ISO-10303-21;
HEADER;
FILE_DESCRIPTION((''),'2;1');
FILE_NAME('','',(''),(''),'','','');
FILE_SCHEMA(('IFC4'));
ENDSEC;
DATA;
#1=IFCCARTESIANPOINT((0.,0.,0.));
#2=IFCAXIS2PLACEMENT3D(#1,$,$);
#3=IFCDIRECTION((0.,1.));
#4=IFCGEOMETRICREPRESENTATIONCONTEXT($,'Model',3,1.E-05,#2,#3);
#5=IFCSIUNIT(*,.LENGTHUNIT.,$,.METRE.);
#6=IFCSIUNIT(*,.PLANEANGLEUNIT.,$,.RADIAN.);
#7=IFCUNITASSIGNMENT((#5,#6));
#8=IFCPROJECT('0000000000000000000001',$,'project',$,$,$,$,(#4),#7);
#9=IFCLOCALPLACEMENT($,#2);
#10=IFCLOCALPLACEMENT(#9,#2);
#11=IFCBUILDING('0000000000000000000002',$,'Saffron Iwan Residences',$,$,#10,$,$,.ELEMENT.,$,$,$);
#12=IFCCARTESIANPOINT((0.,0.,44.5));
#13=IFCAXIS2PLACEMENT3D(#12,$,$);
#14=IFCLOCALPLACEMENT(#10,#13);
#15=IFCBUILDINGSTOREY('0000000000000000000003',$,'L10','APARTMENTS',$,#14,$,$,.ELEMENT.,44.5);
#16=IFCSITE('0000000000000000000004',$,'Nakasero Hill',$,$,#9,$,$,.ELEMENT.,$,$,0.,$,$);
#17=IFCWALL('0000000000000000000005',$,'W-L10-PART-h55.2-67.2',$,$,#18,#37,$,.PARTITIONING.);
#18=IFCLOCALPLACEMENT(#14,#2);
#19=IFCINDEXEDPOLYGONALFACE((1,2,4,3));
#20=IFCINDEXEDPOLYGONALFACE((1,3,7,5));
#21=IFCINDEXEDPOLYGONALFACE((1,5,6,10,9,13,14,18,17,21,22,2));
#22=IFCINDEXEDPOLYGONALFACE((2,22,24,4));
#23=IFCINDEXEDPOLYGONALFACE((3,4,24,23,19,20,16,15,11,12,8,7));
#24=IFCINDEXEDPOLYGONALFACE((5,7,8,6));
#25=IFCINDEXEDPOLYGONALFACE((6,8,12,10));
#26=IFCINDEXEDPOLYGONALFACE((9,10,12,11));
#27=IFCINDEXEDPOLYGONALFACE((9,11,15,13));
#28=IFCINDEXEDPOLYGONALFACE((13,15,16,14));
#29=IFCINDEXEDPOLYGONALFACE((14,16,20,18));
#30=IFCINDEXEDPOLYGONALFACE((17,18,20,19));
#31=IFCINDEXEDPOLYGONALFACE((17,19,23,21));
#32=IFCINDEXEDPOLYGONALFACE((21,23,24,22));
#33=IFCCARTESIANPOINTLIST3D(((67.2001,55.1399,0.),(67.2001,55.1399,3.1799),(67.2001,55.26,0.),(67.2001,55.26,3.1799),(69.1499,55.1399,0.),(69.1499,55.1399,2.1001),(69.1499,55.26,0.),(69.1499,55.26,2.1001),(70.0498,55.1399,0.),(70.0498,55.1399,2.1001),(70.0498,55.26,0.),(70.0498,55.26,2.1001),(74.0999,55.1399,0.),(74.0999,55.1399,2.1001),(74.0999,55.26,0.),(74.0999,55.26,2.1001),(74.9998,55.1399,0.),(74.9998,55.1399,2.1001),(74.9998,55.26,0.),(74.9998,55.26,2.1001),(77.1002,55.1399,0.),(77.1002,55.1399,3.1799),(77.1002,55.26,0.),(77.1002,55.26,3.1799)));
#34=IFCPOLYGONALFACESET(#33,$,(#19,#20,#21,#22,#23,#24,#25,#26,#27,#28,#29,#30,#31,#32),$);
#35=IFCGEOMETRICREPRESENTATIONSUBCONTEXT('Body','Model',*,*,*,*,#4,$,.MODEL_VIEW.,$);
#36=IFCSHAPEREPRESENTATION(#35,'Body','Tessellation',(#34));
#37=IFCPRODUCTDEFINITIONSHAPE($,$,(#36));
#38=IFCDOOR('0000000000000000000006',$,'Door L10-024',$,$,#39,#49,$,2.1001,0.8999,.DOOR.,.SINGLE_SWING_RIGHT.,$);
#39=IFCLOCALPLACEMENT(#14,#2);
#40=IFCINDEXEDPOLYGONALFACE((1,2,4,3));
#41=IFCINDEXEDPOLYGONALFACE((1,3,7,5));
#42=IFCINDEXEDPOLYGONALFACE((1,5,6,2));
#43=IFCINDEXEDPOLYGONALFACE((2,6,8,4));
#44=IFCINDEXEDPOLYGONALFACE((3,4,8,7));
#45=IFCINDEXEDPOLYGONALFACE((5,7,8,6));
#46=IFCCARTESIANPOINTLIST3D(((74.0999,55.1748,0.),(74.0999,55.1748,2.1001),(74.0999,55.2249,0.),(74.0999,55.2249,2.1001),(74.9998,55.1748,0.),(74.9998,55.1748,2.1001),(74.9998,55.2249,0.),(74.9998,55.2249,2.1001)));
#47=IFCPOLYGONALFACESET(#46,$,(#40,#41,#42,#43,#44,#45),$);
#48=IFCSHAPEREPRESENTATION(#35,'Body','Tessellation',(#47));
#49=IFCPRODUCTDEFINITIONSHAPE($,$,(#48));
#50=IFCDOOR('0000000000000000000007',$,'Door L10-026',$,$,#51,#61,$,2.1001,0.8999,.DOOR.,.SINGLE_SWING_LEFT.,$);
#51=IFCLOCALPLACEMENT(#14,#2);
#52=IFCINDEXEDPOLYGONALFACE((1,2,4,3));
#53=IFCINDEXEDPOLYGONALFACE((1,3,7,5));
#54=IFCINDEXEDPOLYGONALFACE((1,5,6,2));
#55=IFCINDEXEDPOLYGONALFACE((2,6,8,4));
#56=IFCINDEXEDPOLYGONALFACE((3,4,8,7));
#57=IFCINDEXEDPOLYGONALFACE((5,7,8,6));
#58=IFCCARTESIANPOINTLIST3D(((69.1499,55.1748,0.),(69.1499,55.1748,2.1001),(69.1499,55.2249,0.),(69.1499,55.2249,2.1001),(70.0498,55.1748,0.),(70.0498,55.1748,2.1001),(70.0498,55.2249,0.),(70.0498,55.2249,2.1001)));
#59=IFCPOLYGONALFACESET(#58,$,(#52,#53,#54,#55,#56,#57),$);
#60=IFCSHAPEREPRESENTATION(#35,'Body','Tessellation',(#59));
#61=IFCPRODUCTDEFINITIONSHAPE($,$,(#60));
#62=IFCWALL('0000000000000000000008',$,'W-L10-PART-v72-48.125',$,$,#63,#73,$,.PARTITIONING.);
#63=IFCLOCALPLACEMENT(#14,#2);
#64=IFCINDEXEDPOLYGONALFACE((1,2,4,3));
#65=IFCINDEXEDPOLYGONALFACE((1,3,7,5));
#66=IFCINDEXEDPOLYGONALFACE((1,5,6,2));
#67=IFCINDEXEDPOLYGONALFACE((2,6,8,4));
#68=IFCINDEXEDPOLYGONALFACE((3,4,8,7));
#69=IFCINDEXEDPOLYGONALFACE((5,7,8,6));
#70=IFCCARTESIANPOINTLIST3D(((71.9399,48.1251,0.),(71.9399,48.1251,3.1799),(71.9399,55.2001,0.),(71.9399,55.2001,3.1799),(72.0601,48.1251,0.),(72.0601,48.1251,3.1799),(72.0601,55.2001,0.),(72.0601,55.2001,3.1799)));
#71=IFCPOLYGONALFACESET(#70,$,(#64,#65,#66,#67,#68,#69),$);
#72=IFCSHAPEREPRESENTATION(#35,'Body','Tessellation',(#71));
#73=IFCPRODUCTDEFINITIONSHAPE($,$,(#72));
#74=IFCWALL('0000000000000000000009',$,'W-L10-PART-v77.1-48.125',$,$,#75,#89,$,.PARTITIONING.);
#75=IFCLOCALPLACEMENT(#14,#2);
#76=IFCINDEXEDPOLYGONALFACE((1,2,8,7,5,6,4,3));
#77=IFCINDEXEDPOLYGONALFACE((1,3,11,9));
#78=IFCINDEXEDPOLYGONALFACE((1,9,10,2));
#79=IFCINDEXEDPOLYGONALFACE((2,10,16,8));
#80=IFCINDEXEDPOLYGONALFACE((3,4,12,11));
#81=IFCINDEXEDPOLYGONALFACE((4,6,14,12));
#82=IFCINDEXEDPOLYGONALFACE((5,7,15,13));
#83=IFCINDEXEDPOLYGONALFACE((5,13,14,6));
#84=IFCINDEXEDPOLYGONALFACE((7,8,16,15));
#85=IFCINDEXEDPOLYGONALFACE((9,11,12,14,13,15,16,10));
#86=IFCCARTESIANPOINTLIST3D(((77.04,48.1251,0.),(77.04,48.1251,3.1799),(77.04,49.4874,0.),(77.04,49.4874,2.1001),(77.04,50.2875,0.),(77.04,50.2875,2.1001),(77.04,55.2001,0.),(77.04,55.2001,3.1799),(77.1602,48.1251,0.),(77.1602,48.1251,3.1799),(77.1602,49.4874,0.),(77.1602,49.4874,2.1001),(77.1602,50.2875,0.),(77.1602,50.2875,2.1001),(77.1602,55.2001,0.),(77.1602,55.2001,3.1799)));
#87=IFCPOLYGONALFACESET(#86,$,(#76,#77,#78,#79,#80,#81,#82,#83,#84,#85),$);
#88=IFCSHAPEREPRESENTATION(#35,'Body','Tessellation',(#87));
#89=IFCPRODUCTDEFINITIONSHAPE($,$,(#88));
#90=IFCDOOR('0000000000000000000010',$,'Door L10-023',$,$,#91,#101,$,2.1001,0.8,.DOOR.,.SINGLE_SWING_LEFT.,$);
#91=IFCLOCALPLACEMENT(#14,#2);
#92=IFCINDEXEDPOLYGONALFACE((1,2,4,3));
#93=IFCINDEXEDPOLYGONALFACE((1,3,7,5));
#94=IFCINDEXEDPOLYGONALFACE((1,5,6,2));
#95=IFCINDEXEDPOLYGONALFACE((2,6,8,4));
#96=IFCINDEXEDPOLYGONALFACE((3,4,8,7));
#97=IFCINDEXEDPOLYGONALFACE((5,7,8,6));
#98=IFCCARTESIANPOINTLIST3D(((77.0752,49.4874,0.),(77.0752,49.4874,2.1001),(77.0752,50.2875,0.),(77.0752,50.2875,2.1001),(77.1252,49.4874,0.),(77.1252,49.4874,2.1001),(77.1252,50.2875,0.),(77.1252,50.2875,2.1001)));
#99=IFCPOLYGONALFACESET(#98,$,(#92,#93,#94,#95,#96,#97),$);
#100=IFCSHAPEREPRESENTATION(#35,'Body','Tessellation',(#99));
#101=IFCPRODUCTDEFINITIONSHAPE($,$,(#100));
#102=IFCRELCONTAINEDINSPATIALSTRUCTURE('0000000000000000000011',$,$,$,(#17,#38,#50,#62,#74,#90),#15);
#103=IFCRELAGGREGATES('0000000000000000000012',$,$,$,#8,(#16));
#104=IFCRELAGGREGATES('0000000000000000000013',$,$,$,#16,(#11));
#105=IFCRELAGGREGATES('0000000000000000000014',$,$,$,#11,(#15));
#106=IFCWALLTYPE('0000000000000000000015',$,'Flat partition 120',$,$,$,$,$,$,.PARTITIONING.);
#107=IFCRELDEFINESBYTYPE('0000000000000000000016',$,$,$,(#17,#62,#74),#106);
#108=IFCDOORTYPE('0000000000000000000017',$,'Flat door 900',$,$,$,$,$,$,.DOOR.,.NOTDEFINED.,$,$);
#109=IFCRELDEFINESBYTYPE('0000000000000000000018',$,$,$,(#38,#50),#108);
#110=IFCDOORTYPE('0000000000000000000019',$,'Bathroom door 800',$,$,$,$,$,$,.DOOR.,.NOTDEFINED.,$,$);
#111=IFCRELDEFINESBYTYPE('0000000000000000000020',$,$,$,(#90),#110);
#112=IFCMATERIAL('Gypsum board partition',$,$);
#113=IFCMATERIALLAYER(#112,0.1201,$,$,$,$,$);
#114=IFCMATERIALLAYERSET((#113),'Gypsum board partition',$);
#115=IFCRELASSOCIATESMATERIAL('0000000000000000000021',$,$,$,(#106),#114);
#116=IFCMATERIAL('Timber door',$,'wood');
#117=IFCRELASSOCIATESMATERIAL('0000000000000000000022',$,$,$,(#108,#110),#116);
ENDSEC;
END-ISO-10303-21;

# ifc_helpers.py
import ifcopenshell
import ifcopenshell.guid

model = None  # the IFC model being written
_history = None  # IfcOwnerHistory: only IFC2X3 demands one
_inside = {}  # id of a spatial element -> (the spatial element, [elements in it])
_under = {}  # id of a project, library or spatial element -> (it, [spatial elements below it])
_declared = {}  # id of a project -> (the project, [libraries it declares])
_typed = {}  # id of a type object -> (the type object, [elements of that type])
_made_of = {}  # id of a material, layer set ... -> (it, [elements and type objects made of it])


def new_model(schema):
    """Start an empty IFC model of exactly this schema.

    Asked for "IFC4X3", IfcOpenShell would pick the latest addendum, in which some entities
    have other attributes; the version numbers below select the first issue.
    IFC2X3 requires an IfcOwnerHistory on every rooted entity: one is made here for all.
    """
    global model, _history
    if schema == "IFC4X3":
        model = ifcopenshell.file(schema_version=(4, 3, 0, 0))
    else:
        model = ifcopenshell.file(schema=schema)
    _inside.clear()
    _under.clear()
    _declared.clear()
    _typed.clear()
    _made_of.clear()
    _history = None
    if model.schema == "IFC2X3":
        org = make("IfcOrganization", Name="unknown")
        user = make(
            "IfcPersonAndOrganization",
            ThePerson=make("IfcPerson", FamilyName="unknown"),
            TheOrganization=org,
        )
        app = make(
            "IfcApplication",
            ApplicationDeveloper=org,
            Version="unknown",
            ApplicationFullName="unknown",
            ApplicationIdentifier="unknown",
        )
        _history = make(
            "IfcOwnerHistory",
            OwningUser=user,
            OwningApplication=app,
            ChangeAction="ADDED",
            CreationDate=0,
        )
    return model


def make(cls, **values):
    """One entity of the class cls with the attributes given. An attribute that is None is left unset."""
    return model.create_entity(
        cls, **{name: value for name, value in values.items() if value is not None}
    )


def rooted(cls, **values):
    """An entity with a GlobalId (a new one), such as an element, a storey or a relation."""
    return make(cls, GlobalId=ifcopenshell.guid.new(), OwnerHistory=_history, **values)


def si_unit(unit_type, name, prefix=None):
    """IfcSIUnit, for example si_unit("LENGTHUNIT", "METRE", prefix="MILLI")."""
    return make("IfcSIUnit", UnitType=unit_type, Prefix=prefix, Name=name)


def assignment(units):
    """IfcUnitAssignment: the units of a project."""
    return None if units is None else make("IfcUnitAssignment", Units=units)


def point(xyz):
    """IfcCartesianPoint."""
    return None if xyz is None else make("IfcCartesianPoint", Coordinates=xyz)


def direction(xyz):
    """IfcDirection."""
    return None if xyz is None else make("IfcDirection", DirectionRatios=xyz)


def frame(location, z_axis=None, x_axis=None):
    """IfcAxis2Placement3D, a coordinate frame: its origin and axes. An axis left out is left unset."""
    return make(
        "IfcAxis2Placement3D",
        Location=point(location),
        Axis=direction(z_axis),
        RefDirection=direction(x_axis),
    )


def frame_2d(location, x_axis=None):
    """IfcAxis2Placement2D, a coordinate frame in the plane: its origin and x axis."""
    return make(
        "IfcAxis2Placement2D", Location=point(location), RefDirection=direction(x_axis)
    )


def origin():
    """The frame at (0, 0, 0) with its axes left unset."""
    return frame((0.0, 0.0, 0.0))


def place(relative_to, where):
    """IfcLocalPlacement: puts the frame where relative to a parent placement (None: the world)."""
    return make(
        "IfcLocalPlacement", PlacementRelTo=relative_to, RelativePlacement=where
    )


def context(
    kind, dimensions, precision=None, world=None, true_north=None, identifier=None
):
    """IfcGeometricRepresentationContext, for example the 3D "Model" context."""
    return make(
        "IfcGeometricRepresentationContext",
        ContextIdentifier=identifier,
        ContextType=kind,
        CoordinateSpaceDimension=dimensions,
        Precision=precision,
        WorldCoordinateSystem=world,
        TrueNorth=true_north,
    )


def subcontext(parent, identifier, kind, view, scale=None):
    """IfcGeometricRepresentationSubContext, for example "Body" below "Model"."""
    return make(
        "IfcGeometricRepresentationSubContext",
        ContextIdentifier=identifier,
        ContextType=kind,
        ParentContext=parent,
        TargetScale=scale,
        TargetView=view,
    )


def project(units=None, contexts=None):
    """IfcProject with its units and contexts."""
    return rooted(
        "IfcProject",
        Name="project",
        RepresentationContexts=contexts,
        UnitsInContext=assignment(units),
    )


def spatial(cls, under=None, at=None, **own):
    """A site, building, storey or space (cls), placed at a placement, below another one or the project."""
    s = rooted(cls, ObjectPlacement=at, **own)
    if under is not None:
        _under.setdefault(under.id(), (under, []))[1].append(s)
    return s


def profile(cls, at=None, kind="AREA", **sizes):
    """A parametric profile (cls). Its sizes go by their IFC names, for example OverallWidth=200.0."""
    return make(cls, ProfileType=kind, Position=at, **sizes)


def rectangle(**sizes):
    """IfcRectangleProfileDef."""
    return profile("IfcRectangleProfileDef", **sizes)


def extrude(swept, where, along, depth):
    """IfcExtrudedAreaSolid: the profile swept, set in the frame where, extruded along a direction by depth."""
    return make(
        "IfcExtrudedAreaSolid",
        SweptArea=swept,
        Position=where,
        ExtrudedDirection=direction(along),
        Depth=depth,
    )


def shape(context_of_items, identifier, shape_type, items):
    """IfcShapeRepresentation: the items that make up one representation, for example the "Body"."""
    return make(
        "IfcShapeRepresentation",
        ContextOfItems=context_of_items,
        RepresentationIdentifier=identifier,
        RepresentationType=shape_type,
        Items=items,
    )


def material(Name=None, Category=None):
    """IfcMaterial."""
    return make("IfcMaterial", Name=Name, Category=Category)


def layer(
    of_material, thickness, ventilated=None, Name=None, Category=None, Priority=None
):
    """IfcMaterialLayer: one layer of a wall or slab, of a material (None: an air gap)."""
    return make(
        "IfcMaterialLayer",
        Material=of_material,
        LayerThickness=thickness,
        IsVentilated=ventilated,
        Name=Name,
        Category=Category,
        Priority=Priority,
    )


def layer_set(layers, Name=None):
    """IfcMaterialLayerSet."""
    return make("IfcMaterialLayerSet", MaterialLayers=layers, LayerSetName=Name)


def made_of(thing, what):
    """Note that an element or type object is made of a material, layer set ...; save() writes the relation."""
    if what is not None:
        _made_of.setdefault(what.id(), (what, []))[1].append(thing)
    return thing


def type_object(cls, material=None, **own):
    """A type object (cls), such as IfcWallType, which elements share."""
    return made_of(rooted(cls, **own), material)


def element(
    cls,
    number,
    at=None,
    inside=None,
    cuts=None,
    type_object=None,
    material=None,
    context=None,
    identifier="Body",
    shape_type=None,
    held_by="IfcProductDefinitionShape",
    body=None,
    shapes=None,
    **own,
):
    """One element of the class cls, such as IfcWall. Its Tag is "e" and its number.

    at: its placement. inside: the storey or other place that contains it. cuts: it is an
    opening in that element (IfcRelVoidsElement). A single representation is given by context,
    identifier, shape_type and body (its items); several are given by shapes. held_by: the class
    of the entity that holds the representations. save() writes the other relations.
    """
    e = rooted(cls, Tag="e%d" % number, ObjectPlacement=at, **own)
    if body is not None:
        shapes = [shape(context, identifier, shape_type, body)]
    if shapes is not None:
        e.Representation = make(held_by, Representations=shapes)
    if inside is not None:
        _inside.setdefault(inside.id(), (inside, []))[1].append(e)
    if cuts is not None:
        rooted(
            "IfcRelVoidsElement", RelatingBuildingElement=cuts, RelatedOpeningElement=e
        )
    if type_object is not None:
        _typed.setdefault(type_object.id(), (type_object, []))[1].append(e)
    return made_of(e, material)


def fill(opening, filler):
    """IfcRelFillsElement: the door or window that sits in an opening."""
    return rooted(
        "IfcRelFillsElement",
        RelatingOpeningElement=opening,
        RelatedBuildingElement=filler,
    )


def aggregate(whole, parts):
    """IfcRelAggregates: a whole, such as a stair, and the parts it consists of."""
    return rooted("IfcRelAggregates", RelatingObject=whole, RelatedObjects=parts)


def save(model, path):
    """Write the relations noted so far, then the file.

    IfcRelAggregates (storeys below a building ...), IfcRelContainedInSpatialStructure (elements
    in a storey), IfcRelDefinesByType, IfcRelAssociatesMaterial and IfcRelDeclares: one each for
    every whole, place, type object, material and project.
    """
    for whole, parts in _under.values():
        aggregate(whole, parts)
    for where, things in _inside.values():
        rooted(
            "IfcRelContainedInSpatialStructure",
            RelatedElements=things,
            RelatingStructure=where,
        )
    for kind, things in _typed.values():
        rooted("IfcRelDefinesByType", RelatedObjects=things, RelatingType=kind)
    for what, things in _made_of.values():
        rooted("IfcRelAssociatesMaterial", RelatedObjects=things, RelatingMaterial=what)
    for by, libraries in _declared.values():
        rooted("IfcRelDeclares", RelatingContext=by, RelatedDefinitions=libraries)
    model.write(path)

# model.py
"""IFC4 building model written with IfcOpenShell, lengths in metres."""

from ifc_helpers import new_model, si_unit, direction, frame, frame_2d, origin, place, context, subcontext, project, spatial, rectangle, extrude, material, layer, layer_set, type_object, element, fill, save


model = new_model("IFC4")

# Units and contexts
model_context = context("Model", 3, precision=1e-05, world=origin(), true_north=direction((0.0, 1.0)))
body_context = subcontext(model_context, "Body", "Model", "MODEL_VIEW")
ifc_project = project(units=[si_unit("LENGTHUNIT", "METRE"), si_unit("PLANEANGLEUNIT", "RADIAN")], contexts=[model_context])

# Site, building, storey
site_placement = place(None, origin())
site = spatial("IfcSite", under=ifc_project, at=site_placement, Name="Nakasero Hill", CompositionType="ELEMENT", RefElevation=0.0)
building_placement = place(site_placement, origin())
building = spatial("IfcBuilding", under=site, at=building_placement, Name="Saffron Iwan Residences", CompositionType="ELEMENT")
storey_placement = place(building_placement, frame((0.0, 0.0, 44.5)))
storey = spatial("IfcBuildingStorey", under=building, at=storey_placement, Name="L10", Description="APARTMENTS", CompositionType="ELEMENT", Elevation=44.5)

# Shared definitions
ifc_material_1 = material(Name="Gypsum board partition")
ifc_layer_1 = layer(ifc_material_1, 0.1201)
ifc_layer_set_1 = layer_set([ifc_layer_1], Name="Gypsum board partition")
wall_type_1 = type_object("IfcWallType", Name="Flat partition 120", PredefinedType="PARTITIONING", material=ifc_layer_set_1)
ifc_material_2 = material(Name="Timber door", Category="wood")
door_type_1 = type_object("IfcDoorType", Name="Flat door 900", OperationType="NOTDEFINED", PredefinedType="DOOR", material=ifc_material_2)

# Wall, openings, doors
wall_1_placement = place(storey_placement, frame((67.2, 55.2, 0.0), z_axis=(0.0, 0.0, 1.0), x_axis=(1.0, 0.0, 0.0)))
wall_1 = element("IfcWall", 1, at=wall_1_placement, inside=storey, type_object=wall_type_1, Name="W-L10-PART-h55.2-67.2", PredefinedType="PARTITIONING", context=body_context, shape_type="SweptSolid", body=[
    extrude(rectangle(XDim=9.9001, YDim=0.1201, at=frame_2d((4.9502, 0.0))), origin(), (0.0, 0.0, 1.0), 3.1799),
])
opening_1_placement = place(wall_1_placement, frame((6.8999, 0.0, 0.0)))
opening_1 = element("IfcOpeningElement", 2, at=opening_1_placement, cuts=wall_1, PredefinedType="OPENING", context=body_context, shape_type="SweptSolid", body=[
    extrude(rectangle(XDim=0.8999, YDim=2.1001, at=frame_2d((0.45, 1.05))), frame((0.0, 0.0701, 0.0), z_axis=(0.0, -1.0, 0.0), x_axis=(1.0, 0.0, 0.0)), (0.0, 0.0, 1.0), 0.1401),
])
opening_2_placement = place(wall_1_placement, frame((1.95, 0.0, 0.0)))
opening_2 = element("IfcOpeningElement", 3, at=opening_2_placement, cuts=wall_1, PredefinedType="OPENING", context=body_context, shape_type="SweptSolid", body=[
    extrude(rectangle(XDim=0.8999, YDim=2.1001, at=frame_2d((0.45, 1.05))), frame((0.0, 0.0701, 0.0), z_axis=(0.0, -1.0, 0.0), x_axis=(1.0, 0.0, 0.0)), (0.0, 0.0, 1.0), 0.1401),
])
door_1_placement = place(opening_1_placement, origin())
door_1 = element("IfcDoor", 4, at=door_1_placement, inside=storey, type_object=door_type_1, Name="Door L10-024", OperationType="SINGLE_SWING_RIGHT", OverallHeight=2.1001, OverallWidth=0.8999, PredefinedType="DOOR", context=body_context, shape_type="SweptSolid", body=[
    extrude(rectangle(XDim=0.8999, YDim=2.1001, at=frame_2d((0.45, 1.05))), frame((0.0, 0.0249, 0.0), z_axis=(0.0, -1.0, 0.0), x_axis=(1.0, 0.0, 0.0)), (0.0, 0.0, 1.0), 0.05),
])
fill(opening_1, door_1)
door_2_placement = place(opening_2_placement, origin())
door_2 = element("IfcDoor", 5, at=door_2_placement, inside=storey, type_object=door_type_1, Name="Door L10-026", OperationType="SINGLE_SWING_LEFT", OverallHeight=2.1001, OverallWidth=0.8999, PredefinedType="DOOR", context=body_context, shape_type="SweptSolid", body=[
    extrude(rectangle(XDim=0.8999, YDim=2.1001, at=frame_2d((0.45, 1.05))), frame((0.0, 0.0249, 0.0), z_axis=(0.0, -1.0, 0.0), x_axis=(1.0, 0.0, 0.0)), (0.0, 0.0, 1.0), 0.05),
])
fill(opening_2, door_2)

# Wall
wall_2_placement = place(storey_placement, frame((72.0, 48.125, 0.0), z_axis=(0.0, 0.0, 1.0), x_axis=(0.0, 1.0, 0.0)))
element("IfcWall", 6, at=wall_2_placement, inside=storey, type_object=wall_type_1, Name="W-L10-PART-v72-48.125", PredefinedType="PARTITIONING", context=body_context, shape_type="SweptSolid", body=[
    extrude(rectangle(XDim=7.075, YDim=0.1201, at=frame_2d((3.5376, 0.0))), origin(), (0.0, 0.0, 1.0), 3.1799),
])

# Wall, opening, door
wall_3_placement = place(storey_placement, frame((77.1001, 48.125, 0.0), z_axis=(0.0, 0.0, 1.0), x_axis=(0.0, 1.0, 0.0)))
wall_3 = element("IfcWall", 7, at=wall_3_placement, inside=storey, type_object=wall_type_1, Name="W-L10-PART-v77.1-48.125", PredefinedType="PARTITIONING", context=body_context, shape_type="SweptSolid", body=[
    extrude(rectangle(XDim=7.075, YDim=0.1201, at=frame_2d((3.5376, 0.0))), origin(), (0.0, 0.0, 1.0), 3.1799),
])
opening_3_placement = place(wall_3_placement, frame((1.3625, 0.0, 0.0)))
opening_3 = element("IfcOpeningElement", 8, at=opening_3_placement, cuts=wall_3, PredefinedType="OPENING", context=body_context, shape_type="SweptSolid", body=[
    extrude(rectangle(XDim=0.8, YDim=2.1001, at=frame_2d((0.3999, 1.05))), frame((0.0, 0.0701, 0.0), z_axis=(0.0, -1.0, 0.0), x_axis=(1.0, 0.0, 0.0)), (0.0, 0.0, 1.0), 0.1401),
])
door_type_2 = type_object("IfcDoorType", Name="Bathroom door 800", OperationType="NOTDEFINED", PredefinedType="DOOR", material=ifc_material_2)
door_3_placement = place(opening_3_placement, origin())
door_3 = element("IfcDoor", 9, at=door_3_placement, inside=storey, type_object=door_type_2, Name="Door L10-023", OperationType="SINGLE_SWING_LEFT", OverallHeight=2.1001, OverallWidth=0.8, PredefinedType="DOOR", context=body_context, shape_type="SweptSolid", body=[
    extrude(rectangle(XDim=0.8, YDim=2.1001, at=frame_2d((0.3999, 1.05))), frame((0.0, 0.0249, 0.0), z_axis=(0.0, -1.0, 0.0), x_axis=(1.0, 0.0, 0.0)), (0.0, 0.0, 1.0), 0.05),
])
fill(opening_3, door_3)

save(model, "model.ifc")
